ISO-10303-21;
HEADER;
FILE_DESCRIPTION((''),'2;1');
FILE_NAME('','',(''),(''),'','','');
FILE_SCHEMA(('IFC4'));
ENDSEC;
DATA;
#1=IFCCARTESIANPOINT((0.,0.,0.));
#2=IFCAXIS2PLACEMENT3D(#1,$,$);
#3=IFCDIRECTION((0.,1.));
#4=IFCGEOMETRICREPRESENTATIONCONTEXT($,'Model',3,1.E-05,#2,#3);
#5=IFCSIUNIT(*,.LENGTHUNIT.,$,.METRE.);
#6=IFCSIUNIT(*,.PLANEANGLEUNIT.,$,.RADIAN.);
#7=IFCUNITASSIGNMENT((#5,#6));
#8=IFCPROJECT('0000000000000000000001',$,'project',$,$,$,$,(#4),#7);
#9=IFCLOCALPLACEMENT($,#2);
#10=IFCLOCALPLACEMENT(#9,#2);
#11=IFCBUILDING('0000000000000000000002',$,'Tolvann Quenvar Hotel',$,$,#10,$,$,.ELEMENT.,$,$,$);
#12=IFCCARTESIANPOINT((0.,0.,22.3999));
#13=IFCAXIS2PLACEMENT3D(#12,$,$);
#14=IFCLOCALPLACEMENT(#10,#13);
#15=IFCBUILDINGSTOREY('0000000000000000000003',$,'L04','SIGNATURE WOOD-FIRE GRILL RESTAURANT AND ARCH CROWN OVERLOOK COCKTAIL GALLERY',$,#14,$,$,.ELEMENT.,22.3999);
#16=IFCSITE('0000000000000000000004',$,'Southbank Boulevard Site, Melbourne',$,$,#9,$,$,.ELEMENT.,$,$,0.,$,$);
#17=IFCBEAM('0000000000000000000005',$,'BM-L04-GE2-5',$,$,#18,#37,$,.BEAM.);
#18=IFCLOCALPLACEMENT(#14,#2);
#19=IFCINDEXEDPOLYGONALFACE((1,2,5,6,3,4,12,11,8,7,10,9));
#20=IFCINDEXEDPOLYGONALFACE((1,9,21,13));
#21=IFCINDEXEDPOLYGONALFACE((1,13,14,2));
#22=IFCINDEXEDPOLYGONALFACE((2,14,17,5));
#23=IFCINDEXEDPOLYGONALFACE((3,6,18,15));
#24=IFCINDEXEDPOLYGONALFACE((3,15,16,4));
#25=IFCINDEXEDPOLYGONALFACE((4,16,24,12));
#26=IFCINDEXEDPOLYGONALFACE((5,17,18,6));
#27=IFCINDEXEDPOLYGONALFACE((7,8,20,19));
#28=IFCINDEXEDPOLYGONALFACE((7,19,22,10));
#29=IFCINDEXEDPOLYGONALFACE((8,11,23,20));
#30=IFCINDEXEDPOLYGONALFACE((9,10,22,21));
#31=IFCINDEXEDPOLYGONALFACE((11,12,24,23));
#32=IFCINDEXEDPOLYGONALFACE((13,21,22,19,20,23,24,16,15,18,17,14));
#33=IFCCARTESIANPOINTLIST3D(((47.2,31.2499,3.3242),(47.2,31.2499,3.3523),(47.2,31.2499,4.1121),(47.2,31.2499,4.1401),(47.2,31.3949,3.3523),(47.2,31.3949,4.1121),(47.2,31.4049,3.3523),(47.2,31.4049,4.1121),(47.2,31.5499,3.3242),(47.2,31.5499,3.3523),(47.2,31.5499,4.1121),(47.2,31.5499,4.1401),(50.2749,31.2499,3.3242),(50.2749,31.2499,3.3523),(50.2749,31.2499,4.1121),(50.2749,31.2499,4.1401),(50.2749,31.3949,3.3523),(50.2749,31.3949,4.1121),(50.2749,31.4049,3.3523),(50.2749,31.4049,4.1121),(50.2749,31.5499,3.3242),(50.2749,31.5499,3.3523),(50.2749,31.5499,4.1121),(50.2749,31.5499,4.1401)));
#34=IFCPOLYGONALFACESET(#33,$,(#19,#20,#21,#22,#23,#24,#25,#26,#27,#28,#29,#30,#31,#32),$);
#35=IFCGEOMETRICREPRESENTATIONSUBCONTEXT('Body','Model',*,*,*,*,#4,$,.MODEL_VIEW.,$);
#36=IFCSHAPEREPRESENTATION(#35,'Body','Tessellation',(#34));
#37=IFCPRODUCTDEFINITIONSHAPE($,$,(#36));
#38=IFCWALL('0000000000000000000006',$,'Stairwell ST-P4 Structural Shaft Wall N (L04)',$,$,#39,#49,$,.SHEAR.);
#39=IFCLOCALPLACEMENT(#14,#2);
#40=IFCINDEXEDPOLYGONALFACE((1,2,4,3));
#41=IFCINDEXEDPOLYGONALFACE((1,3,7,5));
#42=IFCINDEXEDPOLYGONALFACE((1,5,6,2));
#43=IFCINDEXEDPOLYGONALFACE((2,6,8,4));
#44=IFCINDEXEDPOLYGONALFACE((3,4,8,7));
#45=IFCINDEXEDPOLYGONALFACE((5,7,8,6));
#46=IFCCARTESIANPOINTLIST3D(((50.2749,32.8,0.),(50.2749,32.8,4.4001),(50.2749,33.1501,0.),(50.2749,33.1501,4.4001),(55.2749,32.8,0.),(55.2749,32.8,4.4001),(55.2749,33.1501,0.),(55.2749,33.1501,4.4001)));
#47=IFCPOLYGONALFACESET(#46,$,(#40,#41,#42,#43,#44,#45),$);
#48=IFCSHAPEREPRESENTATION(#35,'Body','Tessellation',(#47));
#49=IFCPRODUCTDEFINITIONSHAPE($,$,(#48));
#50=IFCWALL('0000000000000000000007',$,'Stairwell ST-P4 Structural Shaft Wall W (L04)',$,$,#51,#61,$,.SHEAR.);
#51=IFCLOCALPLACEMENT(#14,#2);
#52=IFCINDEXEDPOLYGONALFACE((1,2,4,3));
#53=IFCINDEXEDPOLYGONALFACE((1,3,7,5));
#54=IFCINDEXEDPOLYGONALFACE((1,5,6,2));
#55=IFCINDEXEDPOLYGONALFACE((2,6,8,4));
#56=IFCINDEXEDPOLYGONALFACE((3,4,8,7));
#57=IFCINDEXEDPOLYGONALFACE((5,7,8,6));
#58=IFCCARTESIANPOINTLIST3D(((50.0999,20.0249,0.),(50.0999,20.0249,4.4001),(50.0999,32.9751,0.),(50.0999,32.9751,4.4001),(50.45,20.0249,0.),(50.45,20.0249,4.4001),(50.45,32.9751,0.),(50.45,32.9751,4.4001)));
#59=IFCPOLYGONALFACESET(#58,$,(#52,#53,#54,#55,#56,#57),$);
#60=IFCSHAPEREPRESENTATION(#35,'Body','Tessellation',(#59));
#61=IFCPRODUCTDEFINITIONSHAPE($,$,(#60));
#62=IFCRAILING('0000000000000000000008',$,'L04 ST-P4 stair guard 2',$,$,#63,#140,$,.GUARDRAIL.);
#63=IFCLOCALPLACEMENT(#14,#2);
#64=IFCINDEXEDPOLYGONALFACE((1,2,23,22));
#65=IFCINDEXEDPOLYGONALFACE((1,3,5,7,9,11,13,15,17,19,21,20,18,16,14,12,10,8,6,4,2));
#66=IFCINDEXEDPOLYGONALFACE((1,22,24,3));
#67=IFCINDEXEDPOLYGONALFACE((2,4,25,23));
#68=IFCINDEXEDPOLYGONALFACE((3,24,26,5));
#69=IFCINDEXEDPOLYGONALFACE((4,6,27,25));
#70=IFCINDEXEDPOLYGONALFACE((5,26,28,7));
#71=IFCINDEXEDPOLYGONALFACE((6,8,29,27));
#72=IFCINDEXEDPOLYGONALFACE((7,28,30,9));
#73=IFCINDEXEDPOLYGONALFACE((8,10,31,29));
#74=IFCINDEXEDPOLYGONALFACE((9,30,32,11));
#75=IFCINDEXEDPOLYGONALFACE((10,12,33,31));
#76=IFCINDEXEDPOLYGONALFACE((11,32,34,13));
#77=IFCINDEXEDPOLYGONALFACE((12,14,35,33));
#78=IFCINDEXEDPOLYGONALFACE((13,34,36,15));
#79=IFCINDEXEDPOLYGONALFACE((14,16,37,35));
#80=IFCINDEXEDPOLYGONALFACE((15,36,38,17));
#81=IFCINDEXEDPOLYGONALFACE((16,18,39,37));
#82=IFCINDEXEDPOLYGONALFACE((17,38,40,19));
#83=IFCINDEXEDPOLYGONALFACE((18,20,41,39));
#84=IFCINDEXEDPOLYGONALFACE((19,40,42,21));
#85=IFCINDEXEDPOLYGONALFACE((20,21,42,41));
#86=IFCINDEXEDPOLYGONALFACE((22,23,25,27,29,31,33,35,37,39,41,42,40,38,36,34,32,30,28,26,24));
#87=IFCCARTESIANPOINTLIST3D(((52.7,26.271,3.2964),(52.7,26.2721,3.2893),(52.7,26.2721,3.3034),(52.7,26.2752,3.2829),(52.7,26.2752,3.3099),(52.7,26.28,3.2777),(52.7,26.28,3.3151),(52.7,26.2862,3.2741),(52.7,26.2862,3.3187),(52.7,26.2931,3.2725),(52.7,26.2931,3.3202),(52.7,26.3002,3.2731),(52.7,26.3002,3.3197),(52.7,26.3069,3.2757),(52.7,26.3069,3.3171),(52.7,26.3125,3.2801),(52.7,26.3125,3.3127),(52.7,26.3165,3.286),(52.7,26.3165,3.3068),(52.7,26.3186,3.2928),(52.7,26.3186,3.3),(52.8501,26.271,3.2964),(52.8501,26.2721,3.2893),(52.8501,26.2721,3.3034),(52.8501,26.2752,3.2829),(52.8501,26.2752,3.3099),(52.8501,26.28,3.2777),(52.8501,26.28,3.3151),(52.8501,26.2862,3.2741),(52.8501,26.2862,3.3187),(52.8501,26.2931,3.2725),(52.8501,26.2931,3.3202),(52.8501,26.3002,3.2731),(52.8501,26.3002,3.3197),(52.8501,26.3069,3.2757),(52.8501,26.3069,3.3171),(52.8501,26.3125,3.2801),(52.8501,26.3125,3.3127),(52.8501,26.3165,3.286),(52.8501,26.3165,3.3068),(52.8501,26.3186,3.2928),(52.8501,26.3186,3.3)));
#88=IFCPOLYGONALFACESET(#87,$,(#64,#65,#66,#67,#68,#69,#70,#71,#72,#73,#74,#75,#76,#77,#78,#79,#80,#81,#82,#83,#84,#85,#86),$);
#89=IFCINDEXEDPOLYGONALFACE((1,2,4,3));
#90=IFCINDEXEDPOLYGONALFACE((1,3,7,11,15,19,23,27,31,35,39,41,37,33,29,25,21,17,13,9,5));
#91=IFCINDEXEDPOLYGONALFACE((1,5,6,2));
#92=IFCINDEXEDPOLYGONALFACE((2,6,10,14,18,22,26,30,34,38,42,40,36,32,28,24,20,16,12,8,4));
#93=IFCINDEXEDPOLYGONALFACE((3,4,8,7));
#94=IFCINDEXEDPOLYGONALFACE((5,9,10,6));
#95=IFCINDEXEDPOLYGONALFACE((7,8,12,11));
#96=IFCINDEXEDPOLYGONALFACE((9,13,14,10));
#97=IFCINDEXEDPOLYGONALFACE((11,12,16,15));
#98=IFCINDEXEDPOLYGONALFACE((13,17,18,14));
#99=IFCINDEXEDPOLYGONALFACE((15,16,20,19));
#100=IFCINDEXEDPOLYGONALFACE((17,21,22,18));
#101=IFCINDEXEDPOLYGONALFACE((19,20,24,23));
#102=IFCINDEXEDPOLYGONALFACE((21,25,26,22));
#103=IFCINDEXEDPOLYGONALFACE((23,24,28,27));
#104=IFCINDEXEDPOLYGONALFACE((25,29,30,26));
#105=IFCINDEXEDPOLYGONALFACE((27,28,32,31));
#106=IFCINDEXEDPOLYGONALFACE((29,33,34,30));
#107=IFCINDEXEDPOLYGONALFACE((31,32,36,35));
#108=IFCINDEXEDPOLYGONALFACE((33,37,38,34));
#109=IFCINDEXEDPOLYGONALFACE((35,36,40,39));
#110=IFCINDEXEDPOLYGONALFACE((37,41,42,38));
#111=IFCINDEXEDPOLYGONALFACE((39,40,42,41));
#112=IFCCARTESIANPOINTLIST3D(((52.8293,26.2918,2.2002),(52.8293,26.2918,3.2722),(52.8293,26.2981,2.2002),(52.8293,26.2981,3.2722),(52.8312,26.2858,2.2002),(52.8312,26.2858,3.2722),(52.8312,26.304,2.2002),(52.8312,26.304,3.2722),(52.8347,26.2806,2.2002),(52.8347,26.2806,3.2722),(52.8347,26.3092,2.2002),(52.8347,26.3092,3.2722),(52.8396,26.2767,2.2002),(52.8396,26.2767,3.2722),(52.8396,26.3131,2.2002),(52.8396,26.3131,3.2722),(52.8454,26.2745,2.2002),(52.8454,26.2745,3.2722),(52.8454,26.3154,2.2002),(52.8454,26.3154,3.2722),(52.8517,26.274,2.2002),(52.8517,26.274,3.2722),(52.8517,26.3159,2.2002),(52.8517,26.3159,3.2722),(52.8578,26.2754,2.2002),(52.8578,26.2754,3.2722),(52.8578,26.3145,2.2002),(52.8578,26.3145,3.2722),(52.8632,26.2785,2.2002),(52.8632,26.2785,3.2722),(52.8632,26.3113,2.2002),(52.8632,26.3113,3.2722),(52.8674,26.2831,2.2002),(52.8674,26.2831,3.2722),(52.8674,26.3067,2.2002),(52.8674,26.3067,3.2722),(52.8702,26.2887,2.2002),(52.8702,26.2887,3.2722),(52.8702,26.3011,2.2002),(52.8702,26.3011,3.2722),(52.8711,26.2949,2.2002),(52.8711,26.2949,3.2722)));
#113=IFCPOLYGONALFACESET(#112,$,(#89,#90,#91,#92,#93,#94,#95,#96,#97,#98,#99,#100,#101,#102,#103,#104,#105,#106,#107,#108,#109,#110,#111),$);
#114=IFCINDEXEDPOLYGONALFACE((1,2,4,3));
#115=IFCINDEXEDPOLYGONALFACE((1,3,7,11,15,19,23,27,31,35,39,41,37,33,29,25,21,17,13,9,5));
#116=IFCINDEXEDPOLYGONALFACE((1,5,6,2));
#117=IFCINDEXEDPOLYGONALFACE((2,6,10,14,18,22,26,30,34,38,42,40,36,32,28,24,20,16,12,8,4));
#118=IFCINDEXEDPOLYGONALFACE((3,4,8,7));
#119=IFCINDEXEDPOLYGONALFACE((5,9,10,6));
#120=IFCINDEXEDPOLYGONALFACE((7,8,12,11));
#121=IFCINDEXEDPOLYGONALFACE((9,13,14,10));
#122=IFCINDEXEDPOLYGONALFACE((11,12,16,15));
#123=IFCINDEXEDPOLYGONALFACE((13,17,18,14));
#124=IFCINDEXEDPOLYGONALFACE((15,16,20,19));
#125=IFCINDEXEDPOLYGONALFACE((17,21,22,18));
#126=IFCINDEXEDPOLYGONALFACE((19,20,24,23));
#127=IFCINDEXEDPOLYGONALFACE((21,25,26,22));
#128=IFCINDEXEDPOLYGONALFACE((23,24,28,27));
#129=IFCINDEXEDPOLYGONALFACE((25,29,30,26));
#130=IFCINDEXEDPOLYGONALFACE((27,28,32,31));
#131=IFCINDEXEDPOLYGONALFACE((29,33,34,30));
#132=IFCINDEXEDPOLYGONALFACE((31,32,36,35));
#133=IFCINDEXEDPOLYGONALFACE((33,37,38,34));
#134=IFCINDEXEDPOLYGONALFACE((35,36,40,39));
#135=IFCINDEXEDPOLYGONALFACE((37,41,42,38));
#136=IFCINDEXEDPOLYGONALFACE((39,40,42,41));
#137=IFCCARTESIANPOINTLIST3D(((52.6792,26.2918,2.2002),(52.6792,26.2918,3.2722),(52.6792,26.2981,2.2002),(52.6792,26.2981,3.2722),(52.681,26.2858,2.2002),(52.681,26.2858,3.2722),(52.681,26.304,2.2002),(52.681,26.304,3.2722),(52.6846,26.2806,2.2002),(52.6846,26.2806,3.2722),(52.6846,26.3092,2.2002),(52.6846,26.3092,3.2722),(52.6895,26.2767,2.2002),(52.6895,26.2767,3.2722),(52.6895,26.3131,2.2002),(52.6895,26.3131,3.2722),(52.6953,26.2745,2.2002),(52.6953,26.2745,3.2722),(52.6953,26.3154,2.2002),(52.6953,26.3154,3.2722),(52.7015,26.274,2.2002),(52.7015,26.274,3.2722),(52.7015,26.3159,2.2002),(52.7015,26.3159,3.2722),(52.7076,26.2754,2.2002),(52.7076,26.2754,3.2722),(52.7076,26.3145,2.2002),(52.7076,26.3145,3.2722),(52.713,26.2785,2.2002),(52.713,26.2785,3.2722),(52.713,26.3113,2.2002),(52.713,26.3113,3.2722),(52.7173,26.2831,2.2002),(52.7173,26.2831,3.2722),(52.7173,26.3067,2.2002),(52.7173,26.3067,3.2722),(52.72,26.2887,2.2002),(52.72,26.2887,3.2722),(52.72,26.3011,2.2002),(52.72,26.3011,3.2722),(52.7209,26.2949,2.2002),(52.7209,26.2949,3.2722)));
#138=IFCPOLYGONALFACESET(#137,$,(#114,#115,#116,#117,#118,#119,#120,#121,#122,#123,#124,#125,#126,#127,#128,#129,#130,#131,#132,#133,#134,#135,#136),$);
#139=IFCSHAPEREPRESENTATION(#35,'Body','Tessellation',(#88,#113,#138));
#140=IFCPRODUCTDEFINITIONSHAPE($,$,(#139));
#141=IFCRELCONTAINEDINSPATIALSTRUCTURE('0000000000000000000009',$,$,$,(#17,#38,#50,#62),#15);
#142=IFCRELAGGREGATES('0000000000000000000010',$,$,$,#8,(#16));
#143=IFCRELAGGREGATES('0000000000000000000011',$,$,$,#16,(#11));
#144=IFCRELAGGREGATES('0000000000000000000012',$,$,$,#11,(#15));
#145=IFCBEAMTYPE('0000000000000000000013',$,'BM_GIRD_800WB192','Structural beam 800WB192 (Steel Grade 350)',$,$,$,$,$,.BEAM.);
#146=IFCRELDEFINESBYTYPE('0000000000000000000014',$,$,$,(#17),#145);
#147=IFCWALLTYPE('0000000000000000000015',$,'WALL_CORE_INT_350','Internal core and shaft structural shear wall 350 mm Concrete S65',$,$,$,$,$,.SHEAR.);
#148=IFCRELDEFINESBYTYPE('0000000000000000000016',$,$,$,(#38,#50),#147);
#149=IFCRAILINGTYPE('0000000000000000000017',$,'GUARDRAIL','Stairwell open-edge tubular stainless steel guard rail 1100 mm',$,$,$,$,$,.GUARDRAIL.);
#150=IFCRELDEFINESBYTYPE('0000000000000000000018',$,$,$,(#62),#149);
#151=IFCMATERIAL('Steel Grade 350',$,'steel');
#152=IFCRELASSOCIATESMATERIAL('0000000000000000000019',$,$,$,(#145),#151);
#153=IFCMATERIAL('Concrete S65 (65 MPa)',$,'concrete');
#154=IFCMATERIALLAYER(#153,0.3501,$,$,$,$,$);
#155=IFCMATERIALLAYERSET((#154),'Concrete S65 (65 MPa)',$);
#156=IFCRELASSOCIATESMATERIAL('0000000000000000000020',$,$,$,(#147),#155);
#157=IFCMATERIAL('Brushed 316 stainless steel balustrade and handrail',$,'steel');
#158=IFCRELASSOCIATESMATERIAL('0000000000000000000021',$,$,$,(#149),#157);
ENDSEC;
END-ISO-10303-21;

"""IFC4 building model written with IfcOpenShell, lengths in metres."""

from ifc_helpers import new_model, si_unit, direction, frame, frame_2d, origin, origin_2d, place, context, subcontext, project, spatial, rectangle, circle, i_section, extrude, source, transform, mapped, material, layer, layer_set, material_profile, profile_set, type_object, element, save


model = new_model("IFC4")

# Units and contexts
model_context = context("Model", 3, precision=1e-05, world=origin(), true_north=direction((0.0, 1.0)))
body_context = subcontext(model_context, "Body", "Model", "MODEL_VIEW")
ifc_project = project(units=[si_unit("LENGTHUNIT", "METRE"), si_unit("PLANEANGLEUNIT", "RADIAN")], contexts=[model_context])

# Site, building, storey
site_placement = place(None, origin())
site = spatial("IfcSite", under=ifc_project, at=site_placement, Name="Southbank Boulevard Site, Melbourne", CompositionType="ELEMENT", RefElevation=0.0)
building_placement = place(site_placement, origin())
building = spatial("IfcBuilding", under=site, at=building_placement, Name="Tolvann Quenvar Hotel", CompositionType="ELEMENT")
storey_placement = place(building_placement, frame((0.0, 0.0, 22.3999)))
storey = spatial("IfcBuildingStorey", under=building, at=storey_placement, Name="L04", Description="SIGNATURE WOOD-FIRE GRILL RESTAURANT AND ARCH CROWN OVERLOOK COCKTAIL GALLERY", CompositionType="ELEMENT", Elevation=22.3999)

# Shared definitions
ifc_material_1 = material(Name="Concrete S65 (65 MPa)", Category="concrete")

# Beam
ifc_material_2 = material(Name="Steel Grade 350", Category="steel")
ifc_material_profile_1 = material_profile(ifc_material_2, i_section(OverallWidth=0.3, OverallDepth=0.8159, WebThickness=0.01, FlangeThickness=0.0281, at=origin_2d()), Name="800WB192")
ifc_profile_set_1 = profile_set([ifc_material_profile_1], Name="Steel Grade 350")
beam_type = type_object("IfcBeamType", Name="BM_GIRD_800WB192", Description="Structural beam 800WB192 (Steel Grade 350)", PredefinedType="BEAM", material=ifc_profile_set_1)
shared_shape_1 = source(origin(), body_context, "Body", "SweptSolid", [
    extrude(i_section(OverallWidth=0.3, OverallDepth=0.8159, WebThickness=0.01, FlangeThickness=0.0281, at=origin_2d()), origin(), (0.0, 0.0, 1.0), 3.075),
])
beam_1_placement = place(storey_placement, frame((47.2, 31.3999, 3.7322), z_axis=(1.0, 0.0, 0.0), x_axis=(0.0, 1.0, 0.0)))
element("IfcBeam", 1, at=beam_1_placement, inside=storey, type_object=beam_type, Name="BM-L04-GE2-5", PredefinedType="BEAM", context=body_context, shape_type="MappedRepresentation", body=[
    mapped(shared_shape_1, transform((0.0, 0.0, 0.0), x_axis=(1.0, 0.0, 0.0), y_axis=(0.0, 1.0, 0.0), z_axis=(0.0, 0.0, 1.0), scale=1.0)),
])

# Walls
ifc_layer = layer(ifc_material_1, 0.3501)
ifc_layer_set = layer_set([ifc_layer], Name="Concrete S65 (65 MPa)")
wall_type = type_object("IfcWallType", Name="WALL_CORE_INT_350", Description="Internal core and shaft structural shear wall 350 mm Concrete S65", PredefinedType="SHEAR", material=ifc_layer_set)
wall_1_placement = place(storey_placement, frame((55.2749, 32.9751, 0.0), z_axis=(0.0, 0.0, 1.0), x_axis=(-1.0, 0.0, 0.0)))
element("IfcWall", 2, at=wall_1_placement, inside=storey, type_object=wall_type, Name="Stairwell ST-P4 Structural Shaft Wall N (L04)", PredefinedType="SHEAR", context=body_context, shape_type="SweptSolid", body=[
    extrude(rectangle(XDim=5.0, YDim=0.3501, at=frame_2d((2.5, 0.0))), origin(), (0.0, 0.0, 1.0), 4.4001),
])
wall_2_placement = place(storey_placement, frame((50.2749, 32.9751, 0.0), z_axis=(0.0, 0.0, 1.0), x_axis=(0.0, -1.0, 0.0)))
element("IfcWall", 3, at=wall_2_placement, inside=storey, type_object=wall_type, Name="Stairwell ST-P4 Structural Shaft Wall W (L04)", PredefinedType="SHEAR", context=body_context, shape_type="SweptSolid", body=[
    extrude(rectangle(XDim=12.9502, YDim=0.3501, at=frame_2d((6.4751, 0.0))), origin(), (0.0, 0.0, 1.0), 4.4001),
])

# Railing
ifc_material_3 = material(Name="Brushed 316 stainless steel balustrade and handrail", Category="steel")
railing_type = type_object("IfcRailingType", Name="GUARDRAIL", Description="Stairwell open-edge tubular stainless steel guard rail 1100 mm", PredefinedType="GUARDRAIL", material=ifc_material_3)
railing_placement = place(storey_placement, frame((52.8501, 26.2949, 2.2002)))
element("IfcRailing", 4, at=railing_placement, inside=storey, type_object=railing_type, Name="L04 ST-P4 stair guard 2", PredefinedType="GUARDRAIL", context=body_context, shape_type="SweptSolid", body=[
    extrude(circle(Radius=0.0239, at=origin_2d()), frame((0.0, 0.0, 1.0962), z_axis=(-1.0, 0.0, 0.0), x_axis=(0.0, -1.0, 0.0)), (0.0, 0.0, 1.0), 0.1501),
    extrude(circle(Radius=0.021, at=origin_2d()), origin(), (0.0, 0.0, 1.0), 1.072),
    extrude(circle(Radius=0.021, at=origin_2d()), frame((-0.1501, 0.0, 0.0)), (0.0, 0.0, 1.0), 1.072),
])

save(model, "model.ifc")
